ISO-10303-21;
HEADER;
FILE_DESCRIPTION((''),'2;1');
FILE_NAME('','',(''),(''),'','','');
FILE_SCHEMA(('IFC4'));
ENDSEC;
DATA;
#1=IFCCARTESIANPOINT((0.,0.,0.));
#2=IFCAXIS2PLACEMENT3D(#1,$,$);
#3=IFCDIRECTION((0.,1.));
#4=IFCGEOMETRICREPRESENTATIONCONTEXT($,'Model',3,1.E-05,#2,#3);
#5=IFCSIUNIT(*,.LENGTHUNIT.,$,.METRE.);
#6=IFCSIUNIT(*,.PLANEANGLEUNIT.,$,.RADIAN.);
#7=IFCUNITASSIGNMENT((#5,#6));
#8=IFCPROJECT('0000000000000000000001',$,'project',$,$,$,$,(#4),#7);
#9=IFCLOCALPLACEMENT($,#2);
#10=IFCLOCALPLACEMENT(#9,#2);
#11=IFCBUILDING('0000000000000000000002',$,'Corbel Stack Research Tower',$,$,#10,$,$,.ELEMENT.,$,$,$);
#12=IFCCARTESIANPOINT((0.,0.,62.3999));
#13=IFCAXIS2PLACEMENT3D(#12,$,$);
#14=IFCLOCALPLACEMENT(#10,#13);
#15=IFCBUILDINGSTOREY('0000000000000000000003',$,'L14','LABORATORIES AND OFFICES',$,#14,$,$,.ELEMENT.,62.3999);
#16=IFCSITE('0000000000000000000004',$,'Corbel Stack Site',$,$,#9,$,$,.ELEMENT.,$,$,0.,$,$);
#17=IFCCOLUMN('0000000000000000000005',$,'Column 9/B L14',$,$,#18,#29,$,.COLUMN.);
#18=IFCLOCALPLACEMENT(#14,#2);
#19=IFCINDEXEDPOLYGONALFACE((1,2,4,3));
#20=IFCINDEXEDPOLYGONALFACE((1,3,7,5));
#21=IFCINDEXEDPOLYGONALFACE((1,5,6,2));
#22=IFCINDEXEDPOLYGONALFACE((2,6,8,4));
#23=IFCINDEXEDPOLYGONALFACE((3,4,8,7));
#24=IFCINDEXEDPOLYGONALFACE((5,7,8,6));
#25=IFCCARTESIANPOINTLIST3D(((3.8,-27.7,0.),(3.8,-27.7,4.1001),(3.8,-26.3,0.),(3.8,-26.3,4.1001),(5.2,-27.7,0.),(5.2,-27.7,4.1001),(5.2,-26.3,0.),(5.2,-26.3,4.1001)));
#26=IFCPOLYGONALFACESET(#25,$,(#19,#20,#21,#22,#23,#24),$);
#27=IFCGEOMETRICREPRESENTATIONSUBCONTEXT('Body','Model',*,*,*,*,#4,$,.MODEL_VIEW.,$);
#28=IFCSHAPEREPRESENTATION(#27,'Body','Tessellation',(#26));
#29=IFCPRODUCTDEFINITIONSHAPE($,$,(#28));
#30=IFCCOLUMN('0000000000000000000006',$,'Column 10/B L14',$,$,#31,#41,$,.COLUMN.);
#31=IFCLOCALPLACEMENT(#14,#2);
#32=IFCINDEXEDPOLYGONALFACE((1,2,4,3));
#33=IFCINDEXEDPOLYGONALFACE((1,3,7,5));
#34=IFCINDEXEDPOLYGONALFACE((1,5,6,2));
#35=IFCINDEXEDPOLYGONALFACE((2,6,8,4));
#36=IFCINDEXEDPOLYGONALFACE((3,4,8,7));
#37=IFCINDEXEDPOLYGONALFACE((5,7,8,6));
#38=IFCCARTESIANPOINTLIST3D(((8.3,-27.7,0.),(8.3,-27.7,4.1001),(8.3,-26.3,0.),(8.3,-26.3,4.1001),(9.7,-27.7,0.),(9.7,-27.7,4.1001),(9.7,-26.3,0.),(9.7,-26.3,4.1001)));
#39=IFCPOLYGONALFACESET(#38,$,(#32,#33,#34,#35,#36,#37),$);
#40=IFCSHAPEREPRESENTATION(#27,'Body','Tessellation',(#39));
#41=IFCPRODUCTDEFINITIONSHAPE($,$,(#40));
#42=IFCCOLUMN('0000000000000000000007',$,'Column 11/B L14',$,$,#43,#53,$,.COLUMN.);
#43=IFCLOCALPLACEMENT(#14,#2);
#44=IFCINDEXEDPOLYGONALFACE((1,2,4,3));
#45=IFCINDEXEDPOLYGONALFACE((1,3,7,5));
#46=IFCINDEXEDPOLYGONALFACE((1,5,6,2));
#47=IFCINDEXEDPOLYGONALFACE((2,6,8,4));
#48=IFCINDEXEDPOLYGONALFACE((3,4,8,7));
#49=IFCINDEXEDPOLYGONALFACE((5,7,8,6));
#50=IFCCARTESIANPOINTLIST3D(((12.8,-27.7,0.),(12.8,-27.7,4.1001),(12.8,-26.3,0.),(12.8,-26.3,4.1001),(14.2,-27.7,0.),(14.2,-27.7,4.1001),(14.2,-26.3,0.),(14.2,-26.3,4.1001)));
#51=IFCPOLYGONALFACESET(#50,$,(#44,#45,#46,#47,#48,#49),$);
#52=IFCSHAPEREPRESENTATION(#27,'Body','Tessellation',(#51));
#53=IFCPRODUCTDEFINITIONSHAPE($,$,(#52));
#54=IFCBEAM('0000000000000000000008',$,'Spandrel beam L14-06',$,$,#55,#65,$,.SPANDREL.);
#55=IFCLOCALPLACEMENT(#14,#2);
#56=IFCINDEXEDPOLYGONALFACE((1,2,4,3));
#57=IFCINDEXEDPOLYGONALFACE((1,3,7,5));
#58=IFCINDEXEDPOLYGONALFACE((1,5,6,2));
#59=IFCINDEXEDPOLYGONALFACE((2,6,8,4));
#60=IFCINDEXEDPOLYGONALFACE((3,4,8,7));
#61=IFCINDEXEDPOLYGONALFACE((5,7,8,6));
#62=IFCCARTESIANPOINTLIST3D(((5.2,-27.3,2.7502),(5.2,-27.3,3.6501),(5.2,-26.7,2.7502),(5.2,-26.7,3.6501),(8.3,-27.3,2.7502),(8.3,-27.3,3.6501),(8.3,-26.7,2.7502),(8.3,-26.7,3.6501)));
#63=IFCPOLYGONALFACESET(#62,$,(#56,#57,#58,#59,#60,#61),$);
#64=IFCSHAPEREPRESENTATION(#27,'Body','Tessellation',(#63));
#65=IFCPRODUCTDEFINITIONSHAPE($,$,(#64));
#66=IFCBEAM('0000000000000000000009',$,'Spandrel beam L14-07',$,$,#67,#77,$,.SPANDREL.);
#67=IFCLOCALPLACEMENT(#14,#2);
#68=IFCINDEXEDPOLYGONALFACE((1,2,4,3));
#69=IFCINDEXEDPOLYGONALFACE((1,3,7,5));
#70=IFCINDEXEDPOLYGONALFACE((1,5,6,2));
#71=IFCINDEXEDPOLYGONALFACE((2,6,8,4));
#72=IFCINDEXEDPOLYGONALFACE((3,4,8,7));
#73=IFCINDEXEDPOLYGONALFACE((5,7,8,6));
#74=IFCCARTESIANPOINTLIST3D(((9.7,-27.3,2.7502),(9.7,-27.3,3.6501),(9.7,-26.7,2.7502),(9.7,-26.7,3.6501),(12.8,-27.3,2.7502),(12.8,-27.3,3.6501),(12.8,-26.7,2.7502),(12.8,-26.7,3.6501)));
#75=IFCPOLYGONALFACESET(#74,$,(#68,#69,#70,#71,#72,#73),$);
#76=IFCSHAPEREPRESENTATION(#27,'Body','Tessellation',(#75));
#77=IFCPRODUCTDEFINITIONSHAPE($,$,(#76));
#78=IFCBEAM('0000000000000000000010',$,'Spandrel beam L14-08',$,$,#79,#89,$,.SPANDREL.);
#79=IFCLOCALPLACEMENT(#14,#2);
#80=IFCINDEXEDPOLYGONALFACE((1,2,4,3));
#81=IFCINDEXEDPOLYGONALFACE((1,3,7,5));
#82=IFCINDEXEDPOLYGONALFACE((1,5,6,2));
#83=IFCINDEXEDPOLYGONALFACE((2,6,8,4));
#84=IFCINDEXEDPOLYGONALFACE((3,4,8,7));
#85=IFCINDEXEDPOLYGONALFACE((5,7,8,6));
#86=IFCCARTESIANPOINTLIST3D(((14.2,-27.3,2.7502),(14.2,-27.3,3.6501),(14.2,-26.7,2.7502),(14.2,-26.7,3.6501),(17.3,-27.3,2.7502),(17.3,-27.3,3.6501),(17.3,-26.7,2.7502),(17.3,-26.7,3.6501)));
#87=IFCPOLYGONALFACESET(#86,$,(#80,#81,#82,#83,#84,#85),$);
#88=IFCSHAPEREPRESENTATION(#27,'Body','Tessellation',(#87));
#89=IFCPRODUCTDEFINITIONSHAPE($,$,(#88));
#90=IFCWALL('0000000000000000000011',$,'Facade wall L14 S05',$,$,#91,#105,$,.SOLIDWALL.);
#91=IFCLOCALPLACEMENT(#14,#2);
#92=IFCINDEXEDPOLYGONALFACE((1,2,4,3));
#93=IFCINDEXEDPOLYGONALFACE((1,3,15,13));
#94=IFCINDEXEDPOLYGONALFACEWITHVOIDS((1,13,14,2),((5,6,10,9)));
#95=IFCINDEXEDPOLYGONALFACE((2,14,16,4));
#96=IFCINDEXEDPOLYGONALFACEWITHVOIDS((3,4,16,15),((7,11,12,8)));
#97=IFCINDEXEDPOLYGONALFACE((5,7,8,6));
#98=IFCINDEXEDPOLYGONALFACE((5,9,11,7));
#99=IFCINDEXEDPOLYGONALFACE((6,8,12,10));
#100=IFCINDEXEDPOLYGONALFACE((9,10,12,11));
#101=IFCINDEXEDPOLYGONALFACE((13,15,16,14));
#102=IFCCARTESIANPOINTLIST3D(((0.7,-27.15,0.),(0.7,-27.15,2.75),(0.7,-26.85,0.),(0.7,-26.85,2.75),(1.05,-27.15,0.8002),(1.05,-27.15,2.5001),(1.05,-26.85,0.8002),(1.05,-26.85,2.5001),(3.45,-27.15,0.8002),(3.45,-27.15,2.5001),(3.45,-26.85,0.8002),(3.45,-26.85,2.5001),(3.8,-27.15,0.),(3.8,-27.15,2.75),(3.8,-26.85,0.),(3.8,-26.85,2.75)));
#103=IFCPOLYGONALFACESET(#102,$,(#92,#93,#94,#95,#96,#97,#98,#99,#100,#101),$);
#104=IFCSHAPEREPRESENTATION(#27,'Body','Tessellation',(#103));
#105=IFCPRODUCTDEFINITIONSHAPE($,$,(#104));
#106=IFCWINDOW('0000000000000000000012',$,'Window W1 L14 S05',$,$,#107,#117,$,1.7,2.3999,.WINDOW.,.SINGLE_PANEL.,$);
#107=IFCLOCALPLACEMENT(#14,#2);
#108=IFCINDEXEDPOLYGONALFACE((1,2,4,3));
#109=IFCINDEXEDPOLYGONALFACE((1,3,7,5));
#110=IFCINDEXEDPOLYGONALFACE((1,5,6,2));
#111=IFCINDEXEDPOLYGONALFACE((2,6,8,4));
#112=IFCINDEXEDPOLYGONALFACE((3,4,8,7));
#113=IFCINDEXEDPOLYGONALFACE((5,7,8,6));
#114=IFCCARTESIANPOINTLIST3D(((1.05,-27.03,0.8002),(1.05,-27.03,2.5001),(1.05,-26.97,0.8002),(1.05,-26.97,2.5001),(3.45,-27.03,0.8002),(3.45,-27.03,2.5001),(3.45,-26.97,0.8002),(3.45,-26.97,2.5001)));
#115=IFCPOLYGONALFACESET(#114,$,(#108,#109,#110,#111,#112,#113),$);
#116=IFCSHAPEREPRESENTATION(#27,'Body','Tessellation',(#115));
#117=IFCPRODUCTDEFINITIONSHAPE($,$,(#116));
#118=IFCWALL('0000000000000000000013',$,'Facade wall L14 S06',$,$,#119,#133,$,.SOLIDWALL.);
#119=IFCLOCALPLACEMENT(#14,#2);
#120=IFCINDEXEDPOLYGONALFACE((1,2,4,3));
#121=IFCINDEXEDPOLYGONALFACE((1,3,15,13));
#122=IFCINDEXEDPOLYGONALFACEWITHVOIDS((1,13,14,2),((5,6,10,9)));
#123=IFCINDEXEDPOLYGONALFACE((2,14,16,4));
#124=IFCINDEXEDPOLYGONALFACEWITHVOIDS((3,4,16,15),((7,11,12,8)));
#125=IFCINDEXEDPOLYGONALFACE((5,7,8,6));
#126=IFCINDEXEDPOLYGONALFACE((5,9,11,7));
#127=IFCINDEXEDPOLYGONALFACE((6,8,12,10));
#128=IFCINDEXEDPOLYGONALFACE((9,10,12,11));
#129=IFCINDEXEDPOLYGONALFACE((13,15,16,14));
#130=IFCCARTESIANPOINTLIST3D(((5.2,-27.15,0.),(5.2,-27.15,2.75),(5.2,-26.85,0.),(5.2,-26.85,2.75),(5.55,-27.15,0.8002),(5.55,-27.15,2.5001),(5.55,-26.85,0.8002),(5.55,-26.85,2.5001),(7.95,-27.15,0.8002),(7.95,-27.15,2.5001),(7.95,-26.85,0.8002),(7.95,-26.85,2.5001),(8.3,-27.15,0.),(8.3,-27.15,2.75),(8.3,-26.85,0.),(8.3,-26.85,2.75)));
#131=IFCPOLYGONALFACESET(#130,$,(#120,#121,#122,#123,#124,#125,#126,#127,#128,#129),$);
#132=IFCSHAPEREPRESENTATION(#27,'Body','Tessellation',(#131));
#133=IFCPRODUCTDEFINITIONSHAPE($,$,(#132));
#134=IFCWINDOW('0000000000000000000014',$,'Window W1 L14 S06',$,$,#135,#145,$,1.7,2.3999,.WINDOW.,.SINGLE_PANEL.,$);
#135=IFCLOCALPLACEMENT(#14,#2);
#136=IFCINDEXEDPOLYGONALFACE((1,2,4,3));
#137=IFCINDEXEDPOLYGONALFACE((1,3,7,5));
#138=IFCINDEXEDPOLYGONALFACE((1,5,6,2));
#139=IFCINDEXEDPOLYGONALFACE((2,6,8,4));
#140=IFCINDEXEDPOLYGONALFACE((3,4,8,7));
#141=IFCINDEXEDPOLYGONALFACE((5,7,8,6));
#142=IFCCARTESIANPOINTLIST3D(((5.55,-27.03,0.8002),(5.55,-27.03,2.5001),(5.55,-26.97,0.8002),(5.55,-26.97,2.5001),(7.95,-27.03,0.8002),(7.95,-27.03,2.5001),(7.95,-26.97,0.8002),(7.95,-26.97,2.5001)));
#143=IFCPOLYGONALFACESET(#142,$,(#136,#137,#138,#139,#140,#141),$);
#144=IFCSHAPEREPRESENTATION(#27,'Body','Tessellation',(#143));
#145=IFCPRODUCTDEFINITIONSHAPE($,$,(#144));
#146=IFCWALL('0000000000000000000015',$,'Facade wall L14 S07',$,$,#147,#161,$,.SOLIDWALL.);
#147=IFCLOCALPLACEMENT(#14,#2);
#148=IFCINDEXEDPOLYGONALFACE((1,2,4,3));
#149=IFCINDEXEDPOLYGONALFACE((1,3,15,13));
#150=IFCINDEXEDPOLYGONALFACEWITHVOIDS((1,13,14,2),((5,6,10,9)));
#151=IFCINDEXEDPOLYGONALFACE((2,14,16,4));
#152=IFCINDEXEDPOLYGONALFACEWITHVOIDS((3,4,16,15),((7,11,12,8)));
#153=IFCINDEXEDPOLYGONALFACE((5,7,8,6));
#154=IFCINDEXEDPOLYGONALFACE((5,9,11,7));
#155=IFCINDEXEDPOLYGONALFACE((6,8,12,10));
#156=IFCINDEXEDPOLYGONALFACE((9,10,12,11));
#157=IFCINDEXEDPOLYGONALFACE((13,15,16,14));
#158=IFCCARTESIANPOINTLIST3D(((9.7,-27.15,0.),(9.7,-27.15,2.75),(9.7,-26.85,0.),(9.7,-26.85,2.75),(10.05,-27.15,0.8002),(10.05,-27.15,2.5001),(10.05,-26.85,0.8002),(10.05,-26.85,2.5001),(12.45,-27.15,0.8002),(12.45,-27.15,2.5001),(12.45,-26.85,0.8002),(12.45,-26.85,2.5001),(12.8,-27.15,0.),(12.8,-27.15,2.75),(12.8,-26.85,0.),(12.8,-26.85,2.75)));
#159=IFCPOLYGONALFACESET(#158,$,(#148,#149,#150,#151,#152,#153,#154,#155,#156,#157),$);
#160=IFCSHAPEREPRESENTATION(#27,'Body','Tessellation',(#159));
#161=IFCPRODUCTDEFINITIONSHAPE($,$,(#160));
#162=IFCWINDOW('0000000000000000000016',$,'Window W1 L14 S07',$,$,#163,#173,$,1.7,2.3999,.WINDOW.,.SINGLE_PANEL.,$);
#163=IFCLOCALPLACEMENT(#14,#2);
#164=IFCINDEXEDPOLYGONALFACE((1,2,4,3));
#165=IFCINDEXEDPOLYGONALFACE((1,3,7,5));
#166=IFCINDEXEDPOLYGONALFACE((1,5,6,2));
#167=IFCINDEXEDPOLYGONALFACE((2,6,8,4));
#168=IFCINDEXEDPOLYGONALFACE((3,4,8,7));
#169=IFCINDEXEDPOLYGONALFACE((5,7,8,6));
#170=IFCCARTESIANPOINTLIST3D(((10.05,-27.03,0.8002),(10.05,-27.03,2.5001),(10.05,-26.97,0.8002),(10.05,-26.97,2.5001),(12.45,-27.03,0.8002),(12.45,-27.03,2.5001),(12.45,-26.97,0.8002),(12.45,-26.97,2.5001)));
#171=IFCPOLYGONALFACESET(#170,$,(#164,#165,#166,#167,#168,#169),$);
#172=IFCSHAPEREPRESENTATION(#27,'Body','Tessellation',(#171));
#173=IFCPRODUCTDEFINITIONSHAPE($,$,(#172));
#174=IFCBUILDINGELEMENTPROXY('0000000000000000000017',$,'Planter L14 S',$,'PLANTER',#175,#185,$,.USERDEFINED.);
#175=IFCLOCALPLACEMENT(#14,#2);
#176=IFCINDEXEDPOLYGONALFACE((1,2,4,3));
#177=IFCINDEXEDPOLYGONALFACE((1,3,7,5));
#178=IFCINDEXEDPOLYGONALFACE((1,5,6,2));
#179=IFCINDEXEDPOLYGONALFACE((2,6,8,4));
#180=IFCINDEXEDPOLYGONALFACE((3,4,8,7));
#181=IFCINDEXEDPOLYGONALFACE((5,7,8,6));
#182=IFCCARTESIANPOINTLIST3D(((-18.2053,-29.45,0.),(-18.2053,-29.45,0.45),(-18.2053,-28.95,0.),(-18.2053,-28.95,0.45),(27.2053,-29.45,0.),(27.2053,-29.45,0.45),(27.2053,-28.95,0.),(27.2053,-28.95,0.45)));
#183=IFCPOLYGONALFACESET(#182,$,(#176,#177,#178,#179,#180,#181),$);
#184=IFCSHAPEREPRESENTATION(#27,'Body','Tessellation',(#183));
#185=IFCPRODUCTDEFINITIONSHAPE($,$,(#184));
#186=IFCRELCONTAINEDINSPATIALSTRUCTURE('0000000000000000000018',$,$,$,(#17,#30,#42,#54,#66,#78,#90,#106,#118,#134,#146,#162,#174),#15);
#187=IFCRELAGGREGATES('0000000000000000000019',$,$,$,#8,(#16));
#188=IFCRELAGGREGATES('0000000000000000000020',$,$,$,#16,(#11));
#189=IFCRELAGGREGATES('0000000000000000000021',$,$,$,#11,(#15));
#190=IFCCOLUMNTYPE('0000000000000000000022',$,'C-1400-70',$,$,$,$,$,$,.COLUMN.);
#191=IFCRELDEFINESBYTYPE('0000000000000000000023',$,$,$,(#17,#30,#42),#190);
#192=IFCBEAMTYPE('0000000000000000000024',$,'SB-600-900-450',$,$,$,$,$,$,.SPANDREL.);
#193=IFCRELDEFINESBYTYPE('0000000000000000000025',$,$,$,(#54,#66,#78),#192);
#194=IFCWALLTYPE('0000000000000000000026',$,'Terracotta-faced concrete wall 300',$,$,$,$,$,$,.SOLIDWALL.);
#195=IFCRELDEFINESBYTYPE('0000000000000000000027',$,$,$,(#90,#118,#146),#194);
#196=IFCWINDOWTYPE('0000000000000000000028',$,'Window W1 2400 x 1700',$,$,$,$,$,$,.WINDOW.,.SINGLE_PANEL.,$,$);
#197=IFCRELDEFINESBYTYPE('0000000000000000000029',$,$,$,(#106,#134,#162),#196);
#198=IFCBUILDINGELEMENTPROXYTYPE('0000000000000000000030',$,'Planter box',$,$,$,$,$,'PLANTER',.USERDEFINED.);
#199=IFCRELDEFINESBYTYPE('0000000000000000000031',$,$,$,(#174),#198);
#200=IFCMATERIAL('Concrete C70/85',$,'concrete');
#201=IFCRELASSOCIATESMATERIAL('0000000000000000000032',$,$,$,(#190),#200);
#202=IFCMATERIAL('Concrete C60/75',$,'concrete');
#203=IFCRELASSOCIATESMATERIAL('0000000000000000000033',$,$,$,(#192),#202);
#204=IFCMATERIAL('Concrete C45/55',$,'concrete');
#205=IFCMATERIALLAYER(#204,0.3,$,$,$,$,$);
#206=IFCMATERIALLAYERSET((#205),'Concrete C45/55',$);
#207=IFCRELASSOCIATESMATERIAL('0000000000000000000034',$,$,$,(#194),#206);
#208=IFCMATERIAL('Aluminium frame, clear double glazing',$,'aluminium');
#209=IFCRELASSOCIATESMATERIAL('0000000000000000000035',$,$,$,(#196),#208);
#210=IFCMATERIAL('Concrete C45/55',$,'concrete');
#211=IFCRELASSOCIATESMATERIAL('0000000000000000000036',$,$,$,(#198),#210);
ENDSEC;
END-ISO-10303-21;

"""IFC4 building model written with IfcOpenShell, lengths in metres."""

from ifc_helpers import new_model, si_unit, direction, frame, frame_2d, origin, origin_2d, place, context, subcontext, project, spatial, rectangle, extrude, material, layer, layer_set, material_profile, profile_set, type_object, element, fill, save


model = new_model("IFC4")

# Units and contexts
model_context = context("Model", 3, precision=1e-05, world=origin(), true_north=direction((0.0, 1.0)))
body_context = subcontext(model_context, "Body", "Model", "MODEL_VIEW")
ifc_project = project(units=[si_unit("LENGTHUNIT", "METRE"), si_unit("PLANEANGLEUNIT", "RADIAN")], contexts=[model_context])

# Site, building, storey
site_placement = place(None, origin())
site = spatial("IfcSite", under=ifc_project, at=site_placement, Name="Corbel Stack Site", CompositionType="ELEMENT", RefElevation=0.0)
building_placement = place(site_placement, origin())
building = spatial("IfcBuilding", under=site, at=building_placement, Name="Corbel Stack Research Tower", CompositionType="ELEMENT")
storey_placement = place(building_placement, frame((0.0, 0.0, 62.3999)))
storey = spatial("IfcBuildingStorey", under=building, at=storey_placement, Name="L14", Description="LABORATORIES AND OFFICES", CompositionType="ELEMENT", Elevation=62.3999)

# Columns
ifc_material_1 = material(Name="Concrete C70/85", Category="concrete")
ifc_material_profile_1 = material_profile(ifc_material_1, rectangle(XDim=1.3999, YDim=1.3999, at=origin_2d()), Name="RC 1400 x 1400")
ifc_profile_set_1 = profile_set([ifc_material_profile_1], Name="Concrete C70/85")
column_type = type_object("IfcColumnType", Name="C-1400-70", PredefinedType="COLUMN", material=ifc_profile_set_1)
for number, where, z_axis, x_axis, name in (
    (1, (4.5, -27.0, 0.0), (0.0, 0.0, 1.0), (1.0, 0.0, 0.0), "Column 9/B L14"),
    (2, (9.0, -27.0, 0.0), (0.0, 0.0, 1.0), (1.0, 0.0, 0.0), "Column 10/B L14"),
    (3, (13.5, -27.0, 0.0), (0.0, 0.0, 1.0), (1.0, 0.0, 0.0), "Column 11/B L14"),
):
    element("IfcColumn", number, at=place(storey_placement, frame(where, z_axis=z_axis, x_axis=x_axis)), inside=storey, type_object=column_type, Name=name, PredefinedType="COLUMN", context=body_context, shape_type="SweptSolid", body=[
        extrude(rectangle(XDim=1.3999, YDim=1.3999, at=origin_2d()), origin(), (0.0, 0.0, 1.0), 4.1001),
    ])

# Beams
ifc_material_2 = material(Name="Concrete C60/75", Category="concrete")
ifc_material_profile_2 = material_profile(ifc_material_2, rectangle(XDim=0.6001, YDim=0.8999, at=origin_2d()), Name="RC 600 x 900")
ifc_profile_set_2 = profile_set([ifc_material_profile_2], Name="Concrete C60/75")
beam_type = type_object("IfcBeamType", Name="SB-600-900-450", PredefinedType="SPANDREL", material=ifc_profile_set_2)
for number, where, z_axis, x_axis, name in (
    (4, (5.2, -27.0, 3.2002), (1.0, 0.0, 0.0), (0.0, 1.0, 0.0), "Spandrel beam L14-06"),
    (5, (9.7, -27.0, 3.2002), (1.0, 0.0, 0.0), (0.0, 1.0, 0.0), "Spandrel beam L14-07"),
    (6, (14.2, -27.0, 3.2002), (1.0, 0.0, 0.0), (0.0, 1.0, 0.0), "Spandrel beam L14-08"),
):
    element("IfcBeam", number, at=place(storey_placement, frame(where, z_axis=z_axis, x_axis=x_axis)), inside=storey, type_object=beam_type, Name=name, PredefinedType="SPANDREL", context=body_context, shape_type="SweptSolid", body=[
        extrude(rectangle(XDim=0.6001, YDim=0.8999, at=origin_2d()), origin(), (0.0, 0.0, 1.0), 3.1001),
    ])

# Walls, openings, windows
ifc_material_3 = material(Name="Concrete C45/55", Category="concrete")
ifc_layer = layer(ifc_material_3, 0.3)
ifc_layer_set = layer_set([ifc_layer], Name="Concrete C45/55")
wall_type = type_object("IfcWallType", Name="Terracotta-faced concrete wall 300", PredefinedType="SOLIDWALL", material=ifc_layer_set)
wall_1_placement = place(storey_placement, frame((3.8, -27.0, 0.0), z_axis=(0.0, 0.0, 1.0), x_axis=(-1.0, 0.0, 0.0)))
wall_1 = element("IfcWall", 7, at=wall_1_placement, inside=storey, type_object=wall_type, Name="Facade wall L14 S05", PredefinedType="SOLIDWALL", context=body_context, shape_type="SweptSolid", body=[
    extrude(rectangle(XDim=3.1001, YDim=0.3, at=frame_2d((1.55, 0.0))), origin(), (0.0, 0.0, 1.0), 2.75),
])
opening_1_placement = place(wall_1_placement, frame((0.3501, 0.0, 0.8)))
opening_1 = element("IfcOpeningElement", 8, at=opening_1_placement, cuts=wall_1, PredefinedType="OPENING", context=body_context, shape_type="SweptSolid", body=[
    extrude(rectangle(XDim=2.3999, YDim=1.7, at=frame_2d((1.2, 0.8501))), frame((0.0, 0.1599, 0.0), z_axis=(0.0, -1.0, 0.0), x_axis=(1.0, 0.0, 0.0)), (0.0, 0.0, 1.0), 0.3201),
])
ifc_material_4 = material(Name="Aluminium frame, clear double glazing", Category="aluminium")
window_type = type_object("IfcWindowType", Name="Window W1 2400 x 1700", PartitioningType="SINGLE_PANEL", PredefinedType="WINDOW", material=ifc_material_4)
window_1_placement = place(opening_1_placement, origin())
window_1 = element("IfcWindow", 9, at=window_1_placement, inside=storey, type_object=window_type, Name="Window W1 L14 S05", OverallHeight=1.7, OverallWidth=2.3999, PartitioningType="SINGLE_PANEL", PredefinedType="WINDOW", context=body_context, shape_type="SweptSolid", body=[
    extrude(rectangle(XDim=2.3999, YDim=1.7, at=frame_2d((1.2, 0.8501))), frame((0.0, 0.03, 0.0), z_axis=(0.0, -1.0, 0.0), x_axis=(1.0, 0.0, 0.0)), (0.0, 0.0, 1.0), 0.0601),
])
fill(opening_1, window_1)
wall_2_placement = place(storey_placement, frame((8.3, -27.0, 0.0), z_axis=(0.0, 0.0, 1.0), x_axis=(-1.0, 0.0, 0.0)))
wall_2 = element("IfcWall", 10, at=wall_2_placement, inside=storey, type_object=wall_type, Name="Facade wall L14 S06", PredefinedType="SOLIDWALL", context=body_context, shape_type="SweptSolid", body=[
    extrude(rectangle(XDim=3.1001, YDim=0.3, at=frame_2d((1.55, 0.0))), origin(), (0.0, 0.0, 1.0), 2.75),
])
opening_2_placement = place(wall_2_placement, frame((0.3501, 0.0, 0.8)))
opening_2 = element("IfcOpeningElement", 11, at=opening_2_placement, cuts=wall_2, PredefinedType="OPENING", context=body_context, shape_type="SweptSolid", body=[
    extrude(rectangle(XDim=2.3999, YDim=1.7, at=frame_2d((1.2, 0.8501))), frame((0.0, 0.1599, 0.0), z_axis=(0.0, -1.0, 0.0), x_axis=(1.0, 0.0, 0.0)), (0.0, 0.0, 1.0), 0.3201),
])
window_2_placement = place(opening_2_placement, origin())
window_2 = element("IfcWindow", 12, at=window_2_placement, inside=storey, type_object=window_type, Name="Window W1 L14 S06", OverallHeight=1.7, OverallWidth=2.3999, PartitioningType="SINGLE_PANEL", PredefinedType="WINDOW", context=body_context, shape_type="SweptSolid", body=[
    extrude(rectangle(XDim=2.3999, YDim=1.7, at=frame_2d((1.2, 0.8501))), frame((0.0, 0.03, 0.0), z_axis=(0.0, -1.0, 0.0), x_axis=(1.0, 0.0, 0.0)), (0.0, 0.0, 1.0), 0.0601),
])
fill(opening_2, window_2)
wall_3_placement = place(storey_placement, frame((12.8, -27.0, 0.0), z_axis=(0.0, 0.0, 1.0), x_axis=(-1.0, 0.0, 0.0)))
wall_3 = element("IfcWall", 13, at=wall_3_placement, inside=storey, type_object=wall_type, Name="Facade wall L14 S07", PredefinedType="SOLIDWALL", context=body_context, shape_type="SweptSolid", body=[
    extrude(rectangle(XDim=3.1001, YDim=0.3, at=frame_2d((1.55, 0.0))), origin(), (0.0, 0.0, 1.0), 2.75),
])
opening_3_placement = place(wall_3_placement, frame((0.3501, 0.0, 0.8)))
opening_3 = element("IfcOpeningElement", 14, at=opening_3_placement, cuts=wall_3, PredefinedType="OPENING", context=body_context, shape_type="SweptSolid", body=[
    extrude(rectangle(XDim=2.3999, YDim=1.7, at=frame_2d((1.2, 0.8501))), frame((0.0, 0.1599, 0.0), z_axis=(0.0, -1.0, 0.0), x_axis=(1.0, 0.0, 0.0)), (0.0, 0.0, 1.0), 0.3201),
])
window_3_placement = place(opening_3_placement, origin())
window_3 = element("IfcWindow", 15, at=window_3_placement, inside=storey, type_object=window_type, Name="Window W1 L14 S07", OverallHeight=1.7, OverallWidth=2.3999, PartitioningType="SINGLE_PANEL", PredefinedType="WINDOW", context=body_context, shape_type="SweptSolid", body=[
    extrude(rectangle(XDim=2.3999, YDim=1.7, at=frame_2d((1.2, 0.8501))), frame((0.0, 0.03, 0.0), z_axis=(0.0, -1.0, 0.0), x_axis=(1.0, 0.0, 0.0)), (0.0, 0.0, 1.0), 0.0601),
])
fill(opening_3, window_3)

# Building element proxy
ifc_material_5 = material(Name="Concrete C45/55", Category="concrete")
building_element_proxy_type = type_object("IfcBuildingElementProxyType", Name="Planter box", ElementType="PLANTER", PredefinedType="USERDEFINED", material=ifc_material_5)
proxy_placement = place(storey_placement, frame((4.5, -29.2, 0.0), z_axis=(0.0, 0.0, 1.0), x_axis=(1.0, 0.0, 0.0)))
element("IfcBuildingElementProxy", 16, at=proxy_placement, inside=storey, type_object=building_element_proxy_type, Name="Planter L14 S", ObjectType="PLANTER", PredefinedType="USERDEFINED", context=body_context, shape_type="SweptSolid", body=[
    extrude(rectangle(XDim=45.4106, YDim=0.5, at=origin_2d()), origin(), (0.0, 0.0, 1.0), 0.45),
])

save(model, "model.ifc")
